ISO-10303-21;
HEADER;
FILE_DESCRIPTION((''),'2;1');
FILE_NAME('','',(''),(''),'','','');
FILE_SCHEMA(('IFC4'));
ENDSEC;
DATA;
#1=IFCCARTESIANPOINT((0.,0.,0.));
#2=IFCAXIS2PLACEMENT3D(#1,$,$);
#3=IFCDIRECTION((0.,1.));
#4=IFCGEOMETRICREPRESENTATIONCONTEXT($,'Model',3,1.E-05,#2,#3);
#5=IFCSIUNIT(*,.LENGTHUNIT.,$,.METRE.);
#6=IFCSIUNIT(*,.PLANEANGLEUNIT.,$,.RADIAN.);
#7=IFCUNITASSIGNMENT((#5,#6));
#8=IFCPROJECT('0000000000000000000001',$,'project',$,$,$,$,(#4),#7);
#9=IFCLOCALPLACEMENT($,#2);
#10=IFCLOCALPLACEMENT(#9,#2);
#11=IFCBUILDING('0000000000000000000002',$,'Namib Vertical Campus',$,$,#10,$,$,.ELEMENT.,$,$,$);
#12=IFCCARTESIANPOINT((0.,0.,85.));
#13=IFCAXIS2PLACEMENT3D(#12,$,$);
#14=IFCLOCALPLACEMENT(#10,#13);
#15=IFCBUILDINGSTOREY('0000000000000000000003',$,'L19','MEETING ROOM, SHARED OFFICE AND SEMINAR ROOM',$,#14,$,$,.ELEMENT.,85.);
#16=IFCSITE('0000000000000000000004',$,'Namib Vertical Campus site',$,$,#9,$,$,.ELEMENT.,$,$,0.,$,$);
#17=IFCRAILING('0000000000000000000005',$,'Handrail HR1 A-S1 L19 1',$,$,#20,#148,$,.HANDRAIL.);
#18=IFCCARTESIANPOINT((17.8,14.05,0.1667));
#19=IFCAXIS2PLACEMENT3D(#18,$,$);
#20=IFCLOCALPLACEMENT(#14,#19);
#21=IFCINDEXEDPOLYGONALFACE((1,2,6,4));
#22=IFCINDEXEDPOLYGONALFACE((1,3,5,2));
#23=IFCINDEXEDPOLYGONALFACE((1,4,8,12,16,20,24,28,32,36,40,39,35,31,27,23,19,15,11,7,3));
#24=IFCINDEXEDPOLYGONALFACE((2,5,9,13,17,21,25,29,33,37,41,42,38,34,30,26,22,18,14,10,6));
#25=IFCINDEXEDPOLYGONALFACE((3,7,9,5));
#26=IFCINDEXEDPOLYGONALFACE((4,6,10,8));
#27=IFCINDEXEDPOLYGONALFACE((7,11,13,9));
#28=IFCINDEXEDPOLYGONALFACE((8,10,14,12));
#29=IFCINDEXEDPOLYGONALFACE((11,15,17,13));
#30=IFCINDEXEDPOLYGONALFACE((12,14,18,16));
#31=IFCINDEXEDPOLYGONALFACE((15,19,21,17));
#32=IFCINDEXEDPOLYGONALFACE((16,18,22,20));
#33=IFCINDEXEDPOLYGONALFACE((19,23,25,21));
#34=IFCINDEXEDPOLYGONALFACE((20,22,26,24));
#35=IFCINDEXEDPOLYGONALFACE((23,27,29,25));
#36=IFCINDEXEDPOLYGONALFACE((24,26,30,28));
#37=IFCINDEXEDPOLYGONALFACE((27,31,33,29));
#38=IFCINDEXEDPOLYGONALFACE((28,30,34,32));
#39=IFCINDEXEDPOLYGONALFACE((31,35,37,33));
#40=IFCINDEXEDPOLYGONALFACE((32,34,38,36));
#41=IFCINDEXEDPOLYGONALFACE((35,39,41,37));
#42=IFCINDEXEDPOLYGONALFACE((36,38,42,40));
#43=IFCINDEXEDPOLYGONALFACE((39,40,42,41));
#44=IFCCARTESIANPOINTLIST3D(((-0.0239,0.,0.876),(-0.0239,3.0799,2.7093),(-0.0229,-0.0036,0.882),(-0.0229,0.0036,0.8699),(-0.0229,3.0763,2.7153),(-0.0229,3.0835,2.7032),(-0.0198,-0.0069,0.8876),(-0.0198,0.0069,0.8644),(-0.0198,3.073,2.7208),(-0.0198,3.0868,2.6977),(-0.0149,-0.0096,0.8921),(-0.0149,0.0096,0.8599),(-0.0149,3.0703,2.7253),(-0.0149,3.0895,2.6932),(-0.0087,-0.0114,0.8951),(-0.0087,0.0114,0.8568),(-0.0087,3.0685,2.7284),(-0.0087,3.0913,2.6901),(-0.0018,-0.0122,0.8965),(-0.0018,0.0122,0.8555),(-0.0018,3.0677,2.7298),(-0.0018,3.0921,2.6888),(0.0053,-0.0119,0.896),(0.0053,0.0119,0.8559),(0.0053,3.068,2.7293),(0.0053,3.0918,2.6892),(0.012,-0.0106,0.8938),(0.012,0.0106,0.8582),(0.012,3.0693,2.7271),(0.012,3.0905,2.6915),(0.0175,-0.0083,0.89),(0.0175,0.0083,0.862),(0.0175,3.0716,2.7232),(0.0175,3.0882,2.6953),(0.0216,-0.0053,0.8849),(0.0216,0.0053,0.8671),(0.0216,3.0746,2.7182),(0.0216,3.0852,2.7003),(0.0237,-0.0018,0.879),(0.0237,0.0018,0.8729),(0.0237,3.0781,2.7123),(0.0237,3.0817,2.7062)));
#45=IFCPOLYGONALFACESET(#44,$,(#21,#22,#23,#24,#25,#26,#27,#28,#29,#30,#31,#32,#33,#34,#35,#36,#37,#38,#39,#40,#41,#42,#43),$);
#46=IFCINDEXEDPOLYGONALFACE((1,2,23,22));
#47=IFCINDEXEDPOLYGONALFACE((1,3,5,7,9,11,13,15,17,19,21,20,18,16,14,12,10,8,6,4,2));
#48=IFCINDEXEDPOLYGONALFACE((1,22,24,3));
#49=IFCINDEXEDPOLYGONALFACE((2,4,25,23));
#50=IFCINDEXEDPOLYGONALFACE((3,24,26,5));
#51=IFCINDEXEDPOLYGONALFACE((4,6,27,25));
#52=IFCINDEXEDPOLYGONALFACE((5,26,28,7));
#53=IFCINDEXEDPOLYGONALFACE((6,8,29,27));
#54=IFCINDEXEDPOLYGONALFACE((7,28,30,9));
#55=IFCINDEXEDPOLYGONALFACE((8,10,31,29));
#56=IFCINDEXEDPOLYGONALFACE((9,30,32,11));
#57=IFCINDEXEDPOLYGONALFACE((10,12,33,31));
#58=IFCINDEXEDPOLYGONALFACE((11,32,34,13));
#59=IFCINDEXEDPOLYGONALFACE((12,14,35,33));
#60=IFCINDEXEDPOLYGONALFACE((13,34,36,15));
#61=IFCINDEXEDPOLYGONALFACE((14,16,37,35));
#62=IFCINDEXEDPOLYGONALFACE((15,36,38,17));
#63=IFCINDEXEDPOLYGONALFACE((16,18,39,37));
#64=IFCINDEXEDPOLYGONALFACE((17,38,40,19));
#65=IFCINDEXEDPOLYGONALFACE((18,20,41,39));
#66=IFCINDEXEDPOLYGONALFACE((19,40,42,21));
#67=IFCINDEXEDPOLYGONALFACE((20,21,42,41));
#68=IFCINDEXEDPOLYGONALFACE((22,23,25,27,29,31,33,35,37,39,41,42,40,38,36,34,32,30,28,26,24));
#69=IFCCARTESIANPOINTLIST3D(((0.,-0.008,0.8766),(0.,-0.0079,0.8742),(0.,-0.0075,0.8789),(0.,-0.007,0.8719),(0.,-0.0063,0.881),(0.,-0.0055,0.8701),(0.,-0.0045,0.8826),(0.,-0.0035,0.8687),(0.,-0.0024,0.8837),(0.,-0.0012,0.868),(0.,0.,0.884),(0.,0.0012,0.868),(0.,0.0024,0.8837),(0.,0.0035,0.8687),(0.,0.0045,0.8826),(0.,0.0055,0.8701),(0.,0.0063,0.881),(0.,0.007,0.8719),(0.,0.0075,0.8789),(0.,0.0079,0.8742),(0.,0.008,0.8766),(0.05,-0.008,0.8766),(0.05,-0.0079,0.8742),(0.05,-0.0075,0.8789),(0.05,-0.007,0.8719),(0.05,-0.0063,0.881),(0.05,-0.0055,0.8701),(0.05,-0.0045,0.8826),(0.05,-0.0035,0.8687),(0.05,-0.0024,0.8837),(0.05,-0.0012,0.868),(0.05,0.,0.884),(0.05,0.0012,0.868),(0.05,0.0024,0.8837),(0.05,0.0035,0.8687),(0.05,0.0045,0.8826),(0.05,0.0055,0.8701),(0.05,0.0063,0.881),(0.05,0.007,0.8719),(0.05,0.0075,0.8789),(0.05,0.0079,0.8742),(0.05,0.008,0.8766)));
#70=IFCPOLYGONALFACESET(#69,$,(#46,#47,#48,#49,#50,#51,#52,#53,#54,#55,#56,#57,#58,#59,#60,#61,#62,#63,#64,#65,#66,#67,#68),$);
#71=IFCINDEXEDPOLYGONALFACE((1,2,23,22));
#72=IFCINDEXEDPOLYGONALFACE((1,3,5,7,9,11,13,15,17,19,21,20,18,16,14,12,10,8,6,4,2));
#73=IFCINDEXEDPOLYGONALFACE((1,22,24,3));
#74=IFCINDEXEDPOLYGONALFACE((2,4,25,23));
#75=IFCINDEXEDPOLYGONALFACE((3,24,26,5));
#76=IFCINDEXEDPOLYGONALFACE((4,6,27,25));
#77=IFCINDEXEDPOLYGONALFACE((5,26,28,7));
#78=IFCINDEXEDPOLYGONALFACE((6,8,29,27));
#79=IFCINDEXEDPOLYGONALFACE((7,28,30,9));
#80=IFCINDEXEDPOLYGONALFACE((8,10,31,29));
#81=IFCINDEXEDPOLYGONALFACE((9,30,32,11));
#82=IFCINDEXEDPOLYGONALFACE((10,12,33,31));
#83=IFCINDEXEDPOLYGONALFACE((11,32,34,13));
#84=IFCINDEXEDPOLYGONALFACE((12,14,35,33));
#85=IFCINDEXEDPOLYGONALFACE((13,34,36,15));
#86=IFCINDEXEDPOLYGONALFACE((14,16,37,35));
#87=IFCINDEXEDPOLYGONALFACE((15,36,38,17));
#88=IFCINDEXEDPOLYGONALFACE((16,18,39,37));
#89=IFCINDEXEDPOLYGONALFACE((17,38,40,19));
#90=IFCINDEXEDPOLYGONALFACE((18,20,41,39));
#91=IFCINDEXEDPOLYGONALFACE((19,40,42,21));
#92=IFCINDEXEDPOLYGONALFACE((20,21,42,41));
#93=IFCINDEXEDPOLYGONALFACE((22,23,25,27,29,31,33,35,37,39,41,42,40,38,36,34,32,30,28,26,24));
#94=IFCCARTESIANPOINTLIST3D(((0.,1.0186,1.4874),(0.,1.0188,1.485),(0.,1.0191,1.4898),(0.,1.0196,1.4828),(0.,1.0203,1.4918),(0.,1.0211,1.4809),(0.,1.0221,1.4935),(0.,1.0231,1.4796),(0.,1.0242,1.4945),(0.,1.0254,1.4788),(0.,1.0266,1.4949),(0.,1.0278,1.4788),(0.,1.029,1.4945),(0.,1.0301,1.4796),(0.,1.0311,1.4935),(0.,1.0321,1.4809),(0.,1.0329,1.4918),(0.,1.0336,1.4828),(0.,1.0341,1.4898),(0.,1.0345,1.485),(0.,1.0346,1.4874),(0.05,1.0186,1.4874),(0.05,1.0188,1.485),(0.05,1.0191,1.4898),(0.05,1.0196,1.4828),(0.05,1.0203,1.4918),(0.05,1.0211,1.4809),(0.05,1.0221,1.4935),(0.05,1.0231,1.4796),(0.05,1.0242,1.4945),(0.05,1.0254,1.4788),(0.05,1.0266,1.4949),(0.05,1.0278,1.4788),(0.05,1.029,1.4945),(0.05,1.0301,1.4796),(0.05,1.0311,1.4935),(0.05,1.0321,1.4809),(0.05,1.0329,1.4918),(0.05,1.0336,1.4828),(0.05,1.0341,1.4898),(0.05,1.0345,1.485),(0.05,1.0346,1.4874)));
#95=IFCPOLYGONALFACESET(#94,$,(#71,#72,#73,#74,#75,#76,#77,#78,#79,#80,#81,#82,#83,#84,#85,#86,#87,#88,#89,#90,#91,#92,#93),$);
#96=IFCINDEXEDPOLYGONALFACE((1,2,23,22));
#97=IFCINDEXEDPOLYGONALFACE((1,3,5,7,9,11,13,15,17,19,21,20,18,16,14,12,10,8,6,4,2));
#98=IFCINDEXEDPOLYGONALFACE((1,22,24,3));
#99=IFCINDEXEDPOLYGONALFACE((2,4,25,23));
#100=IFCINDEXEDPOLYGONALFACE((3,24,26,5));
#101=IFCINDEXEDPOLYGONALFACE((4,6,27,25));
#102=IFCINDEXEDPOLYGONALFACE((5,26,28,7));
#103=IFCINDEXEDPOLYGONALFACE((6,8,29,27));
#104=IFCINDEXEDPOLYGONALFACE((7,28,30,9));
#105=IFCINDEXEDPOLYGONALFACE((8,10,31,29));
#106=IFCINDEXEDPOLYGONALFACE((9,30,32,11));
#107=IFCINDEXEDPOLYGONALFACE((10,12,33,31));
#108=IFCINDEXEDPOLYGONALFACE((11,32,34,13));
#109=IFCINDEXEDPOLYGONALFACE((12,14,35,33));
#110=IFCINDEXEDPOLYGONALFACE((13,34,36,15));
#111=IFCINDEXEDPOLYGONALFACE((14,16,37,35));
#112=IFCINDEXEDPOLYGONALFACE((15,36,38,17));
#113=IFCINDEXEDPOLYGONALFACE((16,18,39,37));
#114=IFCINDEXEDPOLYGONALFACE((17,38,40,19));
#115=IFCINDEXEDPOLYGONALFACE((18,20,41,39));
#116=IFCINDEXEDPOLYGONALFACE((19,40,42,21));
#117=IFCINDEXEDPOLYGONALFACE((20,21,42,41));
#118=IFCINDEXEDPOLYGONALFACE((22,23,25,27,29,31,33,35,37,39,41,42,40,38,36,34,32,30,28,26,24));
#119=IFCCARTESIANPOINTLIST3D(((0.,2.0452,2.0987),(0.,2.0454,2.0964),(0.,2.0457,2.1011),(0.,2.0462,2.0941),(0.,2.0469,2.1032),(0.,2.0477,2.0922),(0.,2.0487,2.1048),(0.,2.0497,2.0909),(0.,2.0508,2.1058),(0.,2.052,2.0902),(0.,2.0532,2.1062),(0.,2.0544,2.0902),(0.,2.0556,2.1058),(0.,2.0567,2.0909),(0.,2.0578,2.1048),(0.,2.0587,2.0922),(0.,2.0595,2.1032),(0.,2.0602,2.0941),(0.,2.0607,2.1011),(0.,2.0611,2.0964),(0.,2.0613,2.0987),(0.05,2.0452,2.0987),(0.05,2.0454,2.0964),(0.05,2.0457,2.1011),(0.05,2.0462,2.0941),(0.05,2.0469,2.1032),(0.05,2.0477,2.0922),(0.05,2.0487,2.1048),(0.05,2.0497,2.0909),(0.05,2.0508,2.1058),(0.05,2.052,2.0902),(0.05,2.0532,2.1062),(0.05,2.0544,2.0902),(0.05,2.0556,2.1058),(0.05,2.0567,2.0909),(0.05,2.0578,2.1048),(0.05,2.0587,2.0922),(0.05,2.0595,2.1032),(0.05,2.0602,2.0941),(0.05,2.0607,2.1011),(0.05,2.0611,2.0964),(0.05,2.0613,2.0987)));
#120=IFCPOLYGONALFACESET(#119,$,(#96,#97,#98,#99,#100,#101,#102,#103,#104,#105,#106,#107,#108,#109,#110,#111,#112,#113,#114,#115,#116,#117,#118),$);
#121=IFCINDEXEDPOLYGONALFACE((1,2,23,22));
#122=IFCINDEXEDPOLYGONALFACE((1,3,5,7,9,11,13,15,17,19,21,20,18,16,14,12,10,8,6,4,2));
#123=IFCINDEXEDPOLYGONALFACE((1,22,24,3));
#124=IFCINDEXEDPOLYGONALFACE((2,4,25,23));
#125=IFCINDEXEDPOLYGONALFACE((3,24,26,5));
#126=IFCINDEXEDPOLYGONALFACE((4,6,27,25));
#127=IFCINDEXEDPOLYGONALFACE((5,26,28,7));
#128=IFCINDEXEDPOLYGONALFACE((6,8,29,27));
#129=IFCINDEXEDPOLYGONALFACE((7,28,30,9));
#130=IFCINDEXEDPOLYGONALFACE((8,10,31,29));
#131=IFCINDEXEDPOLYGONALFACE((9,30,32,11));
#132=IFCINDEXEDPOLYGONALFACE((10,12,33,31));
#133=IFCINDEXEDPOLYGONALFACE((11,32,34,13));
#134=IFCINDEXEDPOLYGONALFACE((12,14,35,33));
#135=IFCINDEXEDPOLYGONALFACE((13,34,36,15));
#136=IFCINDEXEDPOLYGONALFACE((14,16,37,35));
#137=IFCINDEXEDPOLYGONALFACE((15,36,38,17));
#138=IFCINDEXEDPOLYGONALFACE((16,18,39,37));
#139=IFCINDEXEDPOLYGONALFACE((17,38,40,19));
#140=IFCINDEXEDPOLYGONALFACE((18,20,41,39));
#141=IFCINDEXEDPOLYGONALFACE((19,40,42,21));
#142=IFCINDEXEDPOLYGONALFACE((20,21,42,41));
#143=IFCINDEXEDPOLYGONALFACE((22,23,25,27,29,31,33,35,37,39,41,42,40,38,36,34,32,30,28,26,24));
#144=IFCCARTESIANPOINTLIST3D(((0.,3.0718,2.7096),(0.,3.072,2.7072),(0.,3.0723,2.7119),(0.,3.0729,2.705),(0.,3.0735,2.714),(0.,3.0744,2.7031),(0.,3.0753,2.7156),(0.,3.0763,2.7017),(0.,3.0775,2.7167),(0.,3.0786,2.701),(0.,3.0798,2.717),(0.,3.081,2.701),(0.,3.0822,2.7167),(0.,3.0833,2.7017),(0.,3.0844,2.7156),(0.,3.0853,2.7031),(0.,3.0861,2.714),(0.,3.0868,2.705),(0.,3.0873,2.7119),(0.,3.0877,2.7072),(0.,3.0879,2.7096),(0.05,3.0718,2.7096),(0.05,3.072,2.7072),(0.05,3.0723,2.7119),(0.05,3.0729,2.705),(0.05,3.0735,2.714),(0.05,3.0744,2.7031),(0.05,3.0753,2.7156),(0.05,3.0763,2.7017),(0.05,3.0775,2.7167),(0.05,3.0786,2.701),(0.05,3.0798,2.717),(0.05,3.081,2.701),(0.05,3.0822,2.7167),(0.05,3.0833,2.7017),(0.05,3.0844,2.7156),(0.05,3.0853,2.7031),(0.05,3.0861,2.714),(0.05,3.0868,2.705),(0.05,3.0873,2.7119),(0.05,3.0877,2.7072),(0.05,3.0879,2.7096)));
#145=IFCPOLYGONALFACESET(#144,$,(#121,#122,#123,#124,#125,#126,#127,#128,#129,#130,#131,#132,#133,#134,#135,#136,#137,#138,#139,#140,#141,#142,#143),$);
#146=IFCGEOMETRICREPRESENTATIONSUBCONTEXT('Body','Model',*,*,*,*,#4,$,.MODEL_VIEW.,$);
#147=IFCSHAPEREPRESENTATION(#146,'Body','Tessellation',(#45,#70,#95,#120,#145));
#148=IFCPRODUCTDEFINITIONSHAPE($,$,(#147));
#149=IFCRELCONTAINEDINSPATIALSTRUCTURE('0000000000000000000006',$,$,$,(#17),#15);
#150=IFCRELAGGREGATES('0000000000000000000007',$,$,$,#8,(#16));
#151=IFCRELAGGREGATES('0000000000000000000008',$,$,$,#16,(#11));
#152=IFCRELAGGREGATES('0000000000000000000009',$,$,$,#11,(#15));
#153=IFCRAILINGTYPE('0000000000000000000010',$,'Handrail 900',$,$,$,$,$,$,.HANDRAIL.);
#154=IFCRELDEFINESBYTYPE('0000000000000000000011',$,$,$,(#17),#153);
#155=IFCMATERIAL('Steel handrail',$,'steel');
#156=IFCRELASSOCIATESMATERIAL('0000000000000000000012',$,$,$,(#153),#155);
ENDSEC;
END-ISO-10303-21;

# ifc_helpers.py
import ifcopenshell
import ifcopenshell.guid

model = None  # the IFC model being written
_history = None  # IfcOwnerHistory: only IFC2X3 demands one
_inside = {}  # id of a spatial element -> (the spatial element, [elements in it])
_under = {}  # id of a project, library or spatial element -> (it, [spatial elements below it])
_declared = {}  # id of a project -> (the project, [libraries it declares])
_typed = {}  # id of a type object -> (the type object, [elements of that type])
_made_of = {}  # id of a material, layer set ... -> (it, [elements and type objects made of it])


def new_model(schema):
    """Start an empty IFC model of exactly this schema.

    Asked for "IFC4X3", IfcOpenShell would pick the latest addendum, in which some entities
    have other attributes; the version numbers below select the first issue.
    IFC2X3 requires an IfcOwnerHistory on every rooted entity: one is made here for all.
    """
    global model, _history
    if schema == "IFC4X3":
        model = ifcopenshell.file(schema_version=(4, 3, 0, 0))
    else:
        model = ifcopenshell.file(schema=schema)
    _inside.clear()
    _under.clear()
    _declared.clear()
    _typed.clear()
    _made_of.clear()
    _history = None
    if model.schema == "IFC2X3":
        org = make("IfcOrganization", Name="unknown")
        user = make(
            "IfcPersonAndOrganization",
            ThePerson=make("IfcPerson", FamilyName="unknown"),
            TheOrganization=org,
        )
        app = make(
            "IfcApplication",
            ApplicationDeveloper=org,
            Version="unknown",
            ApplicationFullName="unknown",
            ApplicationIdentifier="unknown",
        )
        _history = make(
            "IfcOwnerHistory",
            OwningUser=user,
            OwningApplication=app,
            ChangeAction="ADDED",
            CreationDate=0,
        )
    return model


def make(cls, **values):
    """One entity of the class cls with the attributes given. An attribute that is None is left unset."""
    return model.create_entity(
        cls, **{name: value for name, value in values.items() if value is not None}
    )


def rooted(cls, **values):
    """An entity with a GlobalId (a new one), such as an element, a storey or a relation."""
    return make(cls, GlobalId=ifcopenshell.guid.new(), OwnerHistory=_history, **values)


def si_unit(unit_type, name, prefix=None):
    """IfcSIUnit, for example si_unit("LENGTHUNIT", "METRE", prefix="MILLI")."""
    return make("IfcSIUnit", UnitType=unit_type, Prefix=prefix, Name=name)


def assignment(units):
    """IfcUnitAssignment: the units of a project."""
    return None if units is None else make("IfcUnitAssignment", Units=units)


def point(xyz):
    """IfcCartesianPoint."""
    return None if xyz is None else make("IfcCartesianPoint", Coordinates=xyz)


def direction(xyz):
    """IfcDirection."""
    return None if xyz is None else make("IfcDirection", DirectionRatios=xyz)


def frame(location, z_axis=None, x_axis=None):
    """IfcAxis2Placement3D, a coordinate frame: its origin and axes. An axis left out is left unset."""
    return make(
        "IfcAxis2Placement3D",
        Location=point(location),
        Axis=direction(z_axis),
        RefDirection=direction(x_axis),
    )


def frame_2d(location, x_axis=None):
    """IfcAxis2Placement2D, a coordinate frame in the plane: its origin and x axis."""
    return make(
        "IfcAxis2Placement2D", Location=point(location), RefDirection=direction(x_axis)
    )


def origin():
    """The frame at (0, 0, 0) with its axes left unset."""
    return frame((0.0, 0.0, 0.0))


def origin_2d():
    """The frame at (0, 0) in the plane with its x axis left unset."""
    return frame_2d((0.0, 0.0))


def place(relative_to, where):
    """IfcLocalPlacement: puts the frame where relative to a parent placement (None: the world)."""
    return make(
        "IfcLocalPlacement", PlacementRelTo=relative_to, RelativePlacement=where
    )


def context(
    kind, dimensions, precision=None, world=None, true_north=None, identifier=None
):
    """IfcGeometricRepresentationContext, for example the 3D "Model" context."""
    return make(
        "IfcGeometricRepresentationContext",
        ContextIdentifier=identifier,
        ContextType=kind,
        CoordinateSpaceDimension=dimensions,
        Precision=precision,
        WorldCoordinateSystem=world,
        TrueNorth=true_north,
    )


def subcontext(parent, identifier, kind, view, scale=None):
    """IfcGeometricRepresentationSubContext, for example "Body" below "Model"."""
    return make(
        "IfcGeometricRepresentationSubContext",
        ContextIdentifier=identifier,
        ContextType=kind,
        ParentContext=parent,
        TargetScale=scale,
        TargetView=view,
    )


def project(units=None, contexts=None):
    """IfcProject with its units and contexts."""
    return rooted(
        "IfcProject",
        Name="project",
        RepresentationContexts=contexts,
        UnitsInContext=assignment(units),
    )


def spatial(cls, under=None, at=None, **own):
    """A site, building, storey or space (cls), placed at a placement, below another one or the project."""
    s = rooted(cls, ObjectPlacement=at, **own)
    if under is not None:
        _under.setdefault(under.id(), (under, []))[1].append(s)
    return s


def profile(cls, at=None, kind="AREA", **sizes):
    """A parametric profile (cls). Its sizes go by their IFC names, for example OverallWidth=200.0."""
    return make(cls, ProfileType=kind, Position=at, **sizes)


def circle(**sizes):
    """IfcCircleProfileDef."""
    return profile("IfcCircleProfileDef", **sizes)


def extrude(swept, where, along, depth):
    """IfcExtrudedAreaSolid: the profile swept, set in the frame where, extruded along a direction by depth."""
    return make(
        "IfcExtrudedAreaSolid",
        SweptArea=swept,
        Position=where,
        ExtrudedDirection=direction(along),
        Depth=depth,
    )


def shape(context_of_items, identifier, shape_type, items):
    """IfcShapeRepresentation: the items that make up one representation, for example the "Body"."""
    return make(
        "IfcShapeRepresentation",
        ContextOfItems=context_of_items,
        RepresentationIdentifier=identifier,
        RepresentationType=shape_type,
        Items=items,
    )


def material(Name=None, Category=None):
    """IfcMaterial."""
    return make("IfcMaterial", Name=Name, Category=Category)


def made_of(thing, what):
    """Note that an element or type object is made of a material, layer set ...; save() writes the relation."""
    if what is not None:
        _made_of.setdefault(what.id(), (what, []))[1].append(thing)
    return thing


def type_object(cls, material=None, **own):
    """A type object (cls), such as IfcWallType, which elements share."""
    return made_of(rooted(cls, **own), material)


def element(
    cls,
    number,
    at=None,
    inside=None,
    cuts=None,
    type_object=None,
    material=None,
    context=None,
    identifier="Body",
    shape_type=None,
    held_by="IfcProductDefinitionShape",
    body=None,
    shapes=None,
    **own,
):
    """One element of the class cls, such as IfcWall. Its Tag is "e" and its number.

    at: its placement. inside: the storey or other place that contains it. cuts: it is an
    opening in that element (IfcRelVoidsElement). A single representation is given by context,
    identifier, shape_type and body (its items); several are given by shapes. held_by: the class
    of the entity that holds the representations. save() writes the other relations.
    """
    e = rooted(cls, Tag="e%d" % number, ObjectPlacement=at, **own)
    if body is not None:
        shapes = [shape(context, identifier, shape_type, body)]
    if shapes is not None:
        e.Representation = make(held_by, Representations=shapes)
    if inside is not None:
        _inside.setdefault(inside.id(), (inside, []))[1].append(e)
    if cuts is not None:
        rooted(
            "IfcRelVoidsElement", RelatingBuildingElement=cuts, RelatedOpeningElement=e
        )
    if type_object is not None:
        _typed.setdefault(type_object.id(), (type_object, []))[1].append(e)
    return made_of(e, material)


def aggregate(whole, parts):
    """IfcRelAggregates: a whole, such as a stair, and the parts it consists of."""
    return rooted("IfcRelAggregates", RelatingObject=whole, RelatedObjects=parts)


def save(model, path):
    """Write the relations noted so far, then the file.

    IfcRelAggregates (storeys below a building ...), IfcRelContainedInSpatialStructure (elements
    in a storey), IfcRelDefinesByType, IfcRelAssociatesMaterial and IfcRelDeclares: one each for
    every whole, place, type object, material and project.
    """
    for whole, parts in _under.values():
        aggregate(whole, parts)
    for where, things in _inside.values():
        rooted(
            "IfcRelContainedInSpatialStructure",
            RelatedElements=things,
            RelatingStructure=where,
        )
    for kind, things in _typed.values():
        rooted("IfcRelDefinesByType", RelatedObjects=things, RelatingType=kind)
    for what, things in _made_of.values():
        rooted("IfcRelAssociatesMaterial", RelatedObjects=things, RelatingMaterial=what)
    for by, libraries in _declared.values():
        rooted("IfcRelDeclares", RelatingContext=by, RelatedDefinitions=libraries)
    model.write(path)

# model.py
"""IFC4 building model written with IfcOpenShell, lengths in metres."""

from ifc_helpers import new_model, si_unit, direction, frame, origin, origin_2d, place, context, subcontext, project, spatial, circle, extrude, material, type_object, element, save


model = new_model("IFC4")

# Units and contexts
model_context = context("Model", 3, precision=1e-05, world=origin(), true_north=direction((0.0, 1.0)))
body_context = subcontext(model_context, "Body", "Model", "MODEL_VIEW")
ifc_project = project(units=[si_unit("LENGTHUNIT", "METRE"), si_unit("PLANEANGLEUNIT", "RADIAN")], contexts=[model_context])

# Site, building, storey
site_placement = place(None, origin())
site = spatial("IfcSite", under=ifc_project, at=site_placement, Name="Namib Vertical Campus site", CompositionType="ELEMENT", RefElevation=0.0)
building_placement = place(site_placement, origin())
building = spatial("IfcBuilding", under=site, at=building_placement, Name="Namib Vertical Campus", CompositionType="ELEMENT")
storey_placement = place(building_placement, frame((0.0, 0.0, 85.0)))
storey = spatial("IfcBuildingStorey", under=building, at=storey_placement, Name="L19", Description="MEETING ROOM, SHARED OFFICE AND SEMINAR ROOM", CompositionType="ELEMENT", Elevation=85.0)

# Railing
ifc_material_1 = material(Name="Steel handrail", Category="steel")
railing_type_1 = type_object("IfcRailingType", Name="Handrail 900", PredefinedType="HANDRAIL", material=ifc_material_1)
railing_1_placement = place(storey_placement, frame((17.8, 14.05, 0.1667)))
element("IfcRailing", 1, at=railing_1_placement, inside=storey, type_object=railing_type_1, Name="Handrail HR1 A-S1 L19 1", PredefinedType="HANDRAIL", context=body_context, shape_type="SweptSolid", body=[
    extrude(circle(Radius=0.0239, at=origin_2d()), frame((0.0, 0.0, 0.876), z_axis=(0.0, 0.859291, 0.511487), x_axis=(-1.0, 0.0, 0.0)), (0.0, 0.0, 1.0), 3.5842),
    extrude(circle(Radius=0.0081, at=origin_2d()), frame((0.0, 0.0, 0.876), z_axis=(1.0, 0.0, 0.0), x_axis=(0.0, 0.0, 1.0)), (0.0, 0.0, 1.0), 0.05),
    extrude(circle(Radius=0.0081, at=origin_2d()), frame((0.0, 1.0266, 1.4868), z_axis=(1.0, 0.0, 0.0), x_axis=(0.0, 0.0, 1.0)), (0.0, 0.0, 1.0), 0.05),
    extrude(circle(Radius=0.0081, at=origin_2d()), frame((0.0, 2.0532, 2.0981), z_axis=(1.0, 0.0, 0.0), x_axis=(0.0, 0.0, 1.0)), (0.0, 0.0, 1.0), 0.05),
    extrude(circle(Radius=0.0081, at=origin_2d()), frame((0.0, 3.0798, 2.709), z_axis=(1.0, 0.0, 0.0), x_axis=(0.0, 0.0, 1.0)), (0.0, 0.0, 1.0), 0.05),
])

save(model, "model.ifc")
